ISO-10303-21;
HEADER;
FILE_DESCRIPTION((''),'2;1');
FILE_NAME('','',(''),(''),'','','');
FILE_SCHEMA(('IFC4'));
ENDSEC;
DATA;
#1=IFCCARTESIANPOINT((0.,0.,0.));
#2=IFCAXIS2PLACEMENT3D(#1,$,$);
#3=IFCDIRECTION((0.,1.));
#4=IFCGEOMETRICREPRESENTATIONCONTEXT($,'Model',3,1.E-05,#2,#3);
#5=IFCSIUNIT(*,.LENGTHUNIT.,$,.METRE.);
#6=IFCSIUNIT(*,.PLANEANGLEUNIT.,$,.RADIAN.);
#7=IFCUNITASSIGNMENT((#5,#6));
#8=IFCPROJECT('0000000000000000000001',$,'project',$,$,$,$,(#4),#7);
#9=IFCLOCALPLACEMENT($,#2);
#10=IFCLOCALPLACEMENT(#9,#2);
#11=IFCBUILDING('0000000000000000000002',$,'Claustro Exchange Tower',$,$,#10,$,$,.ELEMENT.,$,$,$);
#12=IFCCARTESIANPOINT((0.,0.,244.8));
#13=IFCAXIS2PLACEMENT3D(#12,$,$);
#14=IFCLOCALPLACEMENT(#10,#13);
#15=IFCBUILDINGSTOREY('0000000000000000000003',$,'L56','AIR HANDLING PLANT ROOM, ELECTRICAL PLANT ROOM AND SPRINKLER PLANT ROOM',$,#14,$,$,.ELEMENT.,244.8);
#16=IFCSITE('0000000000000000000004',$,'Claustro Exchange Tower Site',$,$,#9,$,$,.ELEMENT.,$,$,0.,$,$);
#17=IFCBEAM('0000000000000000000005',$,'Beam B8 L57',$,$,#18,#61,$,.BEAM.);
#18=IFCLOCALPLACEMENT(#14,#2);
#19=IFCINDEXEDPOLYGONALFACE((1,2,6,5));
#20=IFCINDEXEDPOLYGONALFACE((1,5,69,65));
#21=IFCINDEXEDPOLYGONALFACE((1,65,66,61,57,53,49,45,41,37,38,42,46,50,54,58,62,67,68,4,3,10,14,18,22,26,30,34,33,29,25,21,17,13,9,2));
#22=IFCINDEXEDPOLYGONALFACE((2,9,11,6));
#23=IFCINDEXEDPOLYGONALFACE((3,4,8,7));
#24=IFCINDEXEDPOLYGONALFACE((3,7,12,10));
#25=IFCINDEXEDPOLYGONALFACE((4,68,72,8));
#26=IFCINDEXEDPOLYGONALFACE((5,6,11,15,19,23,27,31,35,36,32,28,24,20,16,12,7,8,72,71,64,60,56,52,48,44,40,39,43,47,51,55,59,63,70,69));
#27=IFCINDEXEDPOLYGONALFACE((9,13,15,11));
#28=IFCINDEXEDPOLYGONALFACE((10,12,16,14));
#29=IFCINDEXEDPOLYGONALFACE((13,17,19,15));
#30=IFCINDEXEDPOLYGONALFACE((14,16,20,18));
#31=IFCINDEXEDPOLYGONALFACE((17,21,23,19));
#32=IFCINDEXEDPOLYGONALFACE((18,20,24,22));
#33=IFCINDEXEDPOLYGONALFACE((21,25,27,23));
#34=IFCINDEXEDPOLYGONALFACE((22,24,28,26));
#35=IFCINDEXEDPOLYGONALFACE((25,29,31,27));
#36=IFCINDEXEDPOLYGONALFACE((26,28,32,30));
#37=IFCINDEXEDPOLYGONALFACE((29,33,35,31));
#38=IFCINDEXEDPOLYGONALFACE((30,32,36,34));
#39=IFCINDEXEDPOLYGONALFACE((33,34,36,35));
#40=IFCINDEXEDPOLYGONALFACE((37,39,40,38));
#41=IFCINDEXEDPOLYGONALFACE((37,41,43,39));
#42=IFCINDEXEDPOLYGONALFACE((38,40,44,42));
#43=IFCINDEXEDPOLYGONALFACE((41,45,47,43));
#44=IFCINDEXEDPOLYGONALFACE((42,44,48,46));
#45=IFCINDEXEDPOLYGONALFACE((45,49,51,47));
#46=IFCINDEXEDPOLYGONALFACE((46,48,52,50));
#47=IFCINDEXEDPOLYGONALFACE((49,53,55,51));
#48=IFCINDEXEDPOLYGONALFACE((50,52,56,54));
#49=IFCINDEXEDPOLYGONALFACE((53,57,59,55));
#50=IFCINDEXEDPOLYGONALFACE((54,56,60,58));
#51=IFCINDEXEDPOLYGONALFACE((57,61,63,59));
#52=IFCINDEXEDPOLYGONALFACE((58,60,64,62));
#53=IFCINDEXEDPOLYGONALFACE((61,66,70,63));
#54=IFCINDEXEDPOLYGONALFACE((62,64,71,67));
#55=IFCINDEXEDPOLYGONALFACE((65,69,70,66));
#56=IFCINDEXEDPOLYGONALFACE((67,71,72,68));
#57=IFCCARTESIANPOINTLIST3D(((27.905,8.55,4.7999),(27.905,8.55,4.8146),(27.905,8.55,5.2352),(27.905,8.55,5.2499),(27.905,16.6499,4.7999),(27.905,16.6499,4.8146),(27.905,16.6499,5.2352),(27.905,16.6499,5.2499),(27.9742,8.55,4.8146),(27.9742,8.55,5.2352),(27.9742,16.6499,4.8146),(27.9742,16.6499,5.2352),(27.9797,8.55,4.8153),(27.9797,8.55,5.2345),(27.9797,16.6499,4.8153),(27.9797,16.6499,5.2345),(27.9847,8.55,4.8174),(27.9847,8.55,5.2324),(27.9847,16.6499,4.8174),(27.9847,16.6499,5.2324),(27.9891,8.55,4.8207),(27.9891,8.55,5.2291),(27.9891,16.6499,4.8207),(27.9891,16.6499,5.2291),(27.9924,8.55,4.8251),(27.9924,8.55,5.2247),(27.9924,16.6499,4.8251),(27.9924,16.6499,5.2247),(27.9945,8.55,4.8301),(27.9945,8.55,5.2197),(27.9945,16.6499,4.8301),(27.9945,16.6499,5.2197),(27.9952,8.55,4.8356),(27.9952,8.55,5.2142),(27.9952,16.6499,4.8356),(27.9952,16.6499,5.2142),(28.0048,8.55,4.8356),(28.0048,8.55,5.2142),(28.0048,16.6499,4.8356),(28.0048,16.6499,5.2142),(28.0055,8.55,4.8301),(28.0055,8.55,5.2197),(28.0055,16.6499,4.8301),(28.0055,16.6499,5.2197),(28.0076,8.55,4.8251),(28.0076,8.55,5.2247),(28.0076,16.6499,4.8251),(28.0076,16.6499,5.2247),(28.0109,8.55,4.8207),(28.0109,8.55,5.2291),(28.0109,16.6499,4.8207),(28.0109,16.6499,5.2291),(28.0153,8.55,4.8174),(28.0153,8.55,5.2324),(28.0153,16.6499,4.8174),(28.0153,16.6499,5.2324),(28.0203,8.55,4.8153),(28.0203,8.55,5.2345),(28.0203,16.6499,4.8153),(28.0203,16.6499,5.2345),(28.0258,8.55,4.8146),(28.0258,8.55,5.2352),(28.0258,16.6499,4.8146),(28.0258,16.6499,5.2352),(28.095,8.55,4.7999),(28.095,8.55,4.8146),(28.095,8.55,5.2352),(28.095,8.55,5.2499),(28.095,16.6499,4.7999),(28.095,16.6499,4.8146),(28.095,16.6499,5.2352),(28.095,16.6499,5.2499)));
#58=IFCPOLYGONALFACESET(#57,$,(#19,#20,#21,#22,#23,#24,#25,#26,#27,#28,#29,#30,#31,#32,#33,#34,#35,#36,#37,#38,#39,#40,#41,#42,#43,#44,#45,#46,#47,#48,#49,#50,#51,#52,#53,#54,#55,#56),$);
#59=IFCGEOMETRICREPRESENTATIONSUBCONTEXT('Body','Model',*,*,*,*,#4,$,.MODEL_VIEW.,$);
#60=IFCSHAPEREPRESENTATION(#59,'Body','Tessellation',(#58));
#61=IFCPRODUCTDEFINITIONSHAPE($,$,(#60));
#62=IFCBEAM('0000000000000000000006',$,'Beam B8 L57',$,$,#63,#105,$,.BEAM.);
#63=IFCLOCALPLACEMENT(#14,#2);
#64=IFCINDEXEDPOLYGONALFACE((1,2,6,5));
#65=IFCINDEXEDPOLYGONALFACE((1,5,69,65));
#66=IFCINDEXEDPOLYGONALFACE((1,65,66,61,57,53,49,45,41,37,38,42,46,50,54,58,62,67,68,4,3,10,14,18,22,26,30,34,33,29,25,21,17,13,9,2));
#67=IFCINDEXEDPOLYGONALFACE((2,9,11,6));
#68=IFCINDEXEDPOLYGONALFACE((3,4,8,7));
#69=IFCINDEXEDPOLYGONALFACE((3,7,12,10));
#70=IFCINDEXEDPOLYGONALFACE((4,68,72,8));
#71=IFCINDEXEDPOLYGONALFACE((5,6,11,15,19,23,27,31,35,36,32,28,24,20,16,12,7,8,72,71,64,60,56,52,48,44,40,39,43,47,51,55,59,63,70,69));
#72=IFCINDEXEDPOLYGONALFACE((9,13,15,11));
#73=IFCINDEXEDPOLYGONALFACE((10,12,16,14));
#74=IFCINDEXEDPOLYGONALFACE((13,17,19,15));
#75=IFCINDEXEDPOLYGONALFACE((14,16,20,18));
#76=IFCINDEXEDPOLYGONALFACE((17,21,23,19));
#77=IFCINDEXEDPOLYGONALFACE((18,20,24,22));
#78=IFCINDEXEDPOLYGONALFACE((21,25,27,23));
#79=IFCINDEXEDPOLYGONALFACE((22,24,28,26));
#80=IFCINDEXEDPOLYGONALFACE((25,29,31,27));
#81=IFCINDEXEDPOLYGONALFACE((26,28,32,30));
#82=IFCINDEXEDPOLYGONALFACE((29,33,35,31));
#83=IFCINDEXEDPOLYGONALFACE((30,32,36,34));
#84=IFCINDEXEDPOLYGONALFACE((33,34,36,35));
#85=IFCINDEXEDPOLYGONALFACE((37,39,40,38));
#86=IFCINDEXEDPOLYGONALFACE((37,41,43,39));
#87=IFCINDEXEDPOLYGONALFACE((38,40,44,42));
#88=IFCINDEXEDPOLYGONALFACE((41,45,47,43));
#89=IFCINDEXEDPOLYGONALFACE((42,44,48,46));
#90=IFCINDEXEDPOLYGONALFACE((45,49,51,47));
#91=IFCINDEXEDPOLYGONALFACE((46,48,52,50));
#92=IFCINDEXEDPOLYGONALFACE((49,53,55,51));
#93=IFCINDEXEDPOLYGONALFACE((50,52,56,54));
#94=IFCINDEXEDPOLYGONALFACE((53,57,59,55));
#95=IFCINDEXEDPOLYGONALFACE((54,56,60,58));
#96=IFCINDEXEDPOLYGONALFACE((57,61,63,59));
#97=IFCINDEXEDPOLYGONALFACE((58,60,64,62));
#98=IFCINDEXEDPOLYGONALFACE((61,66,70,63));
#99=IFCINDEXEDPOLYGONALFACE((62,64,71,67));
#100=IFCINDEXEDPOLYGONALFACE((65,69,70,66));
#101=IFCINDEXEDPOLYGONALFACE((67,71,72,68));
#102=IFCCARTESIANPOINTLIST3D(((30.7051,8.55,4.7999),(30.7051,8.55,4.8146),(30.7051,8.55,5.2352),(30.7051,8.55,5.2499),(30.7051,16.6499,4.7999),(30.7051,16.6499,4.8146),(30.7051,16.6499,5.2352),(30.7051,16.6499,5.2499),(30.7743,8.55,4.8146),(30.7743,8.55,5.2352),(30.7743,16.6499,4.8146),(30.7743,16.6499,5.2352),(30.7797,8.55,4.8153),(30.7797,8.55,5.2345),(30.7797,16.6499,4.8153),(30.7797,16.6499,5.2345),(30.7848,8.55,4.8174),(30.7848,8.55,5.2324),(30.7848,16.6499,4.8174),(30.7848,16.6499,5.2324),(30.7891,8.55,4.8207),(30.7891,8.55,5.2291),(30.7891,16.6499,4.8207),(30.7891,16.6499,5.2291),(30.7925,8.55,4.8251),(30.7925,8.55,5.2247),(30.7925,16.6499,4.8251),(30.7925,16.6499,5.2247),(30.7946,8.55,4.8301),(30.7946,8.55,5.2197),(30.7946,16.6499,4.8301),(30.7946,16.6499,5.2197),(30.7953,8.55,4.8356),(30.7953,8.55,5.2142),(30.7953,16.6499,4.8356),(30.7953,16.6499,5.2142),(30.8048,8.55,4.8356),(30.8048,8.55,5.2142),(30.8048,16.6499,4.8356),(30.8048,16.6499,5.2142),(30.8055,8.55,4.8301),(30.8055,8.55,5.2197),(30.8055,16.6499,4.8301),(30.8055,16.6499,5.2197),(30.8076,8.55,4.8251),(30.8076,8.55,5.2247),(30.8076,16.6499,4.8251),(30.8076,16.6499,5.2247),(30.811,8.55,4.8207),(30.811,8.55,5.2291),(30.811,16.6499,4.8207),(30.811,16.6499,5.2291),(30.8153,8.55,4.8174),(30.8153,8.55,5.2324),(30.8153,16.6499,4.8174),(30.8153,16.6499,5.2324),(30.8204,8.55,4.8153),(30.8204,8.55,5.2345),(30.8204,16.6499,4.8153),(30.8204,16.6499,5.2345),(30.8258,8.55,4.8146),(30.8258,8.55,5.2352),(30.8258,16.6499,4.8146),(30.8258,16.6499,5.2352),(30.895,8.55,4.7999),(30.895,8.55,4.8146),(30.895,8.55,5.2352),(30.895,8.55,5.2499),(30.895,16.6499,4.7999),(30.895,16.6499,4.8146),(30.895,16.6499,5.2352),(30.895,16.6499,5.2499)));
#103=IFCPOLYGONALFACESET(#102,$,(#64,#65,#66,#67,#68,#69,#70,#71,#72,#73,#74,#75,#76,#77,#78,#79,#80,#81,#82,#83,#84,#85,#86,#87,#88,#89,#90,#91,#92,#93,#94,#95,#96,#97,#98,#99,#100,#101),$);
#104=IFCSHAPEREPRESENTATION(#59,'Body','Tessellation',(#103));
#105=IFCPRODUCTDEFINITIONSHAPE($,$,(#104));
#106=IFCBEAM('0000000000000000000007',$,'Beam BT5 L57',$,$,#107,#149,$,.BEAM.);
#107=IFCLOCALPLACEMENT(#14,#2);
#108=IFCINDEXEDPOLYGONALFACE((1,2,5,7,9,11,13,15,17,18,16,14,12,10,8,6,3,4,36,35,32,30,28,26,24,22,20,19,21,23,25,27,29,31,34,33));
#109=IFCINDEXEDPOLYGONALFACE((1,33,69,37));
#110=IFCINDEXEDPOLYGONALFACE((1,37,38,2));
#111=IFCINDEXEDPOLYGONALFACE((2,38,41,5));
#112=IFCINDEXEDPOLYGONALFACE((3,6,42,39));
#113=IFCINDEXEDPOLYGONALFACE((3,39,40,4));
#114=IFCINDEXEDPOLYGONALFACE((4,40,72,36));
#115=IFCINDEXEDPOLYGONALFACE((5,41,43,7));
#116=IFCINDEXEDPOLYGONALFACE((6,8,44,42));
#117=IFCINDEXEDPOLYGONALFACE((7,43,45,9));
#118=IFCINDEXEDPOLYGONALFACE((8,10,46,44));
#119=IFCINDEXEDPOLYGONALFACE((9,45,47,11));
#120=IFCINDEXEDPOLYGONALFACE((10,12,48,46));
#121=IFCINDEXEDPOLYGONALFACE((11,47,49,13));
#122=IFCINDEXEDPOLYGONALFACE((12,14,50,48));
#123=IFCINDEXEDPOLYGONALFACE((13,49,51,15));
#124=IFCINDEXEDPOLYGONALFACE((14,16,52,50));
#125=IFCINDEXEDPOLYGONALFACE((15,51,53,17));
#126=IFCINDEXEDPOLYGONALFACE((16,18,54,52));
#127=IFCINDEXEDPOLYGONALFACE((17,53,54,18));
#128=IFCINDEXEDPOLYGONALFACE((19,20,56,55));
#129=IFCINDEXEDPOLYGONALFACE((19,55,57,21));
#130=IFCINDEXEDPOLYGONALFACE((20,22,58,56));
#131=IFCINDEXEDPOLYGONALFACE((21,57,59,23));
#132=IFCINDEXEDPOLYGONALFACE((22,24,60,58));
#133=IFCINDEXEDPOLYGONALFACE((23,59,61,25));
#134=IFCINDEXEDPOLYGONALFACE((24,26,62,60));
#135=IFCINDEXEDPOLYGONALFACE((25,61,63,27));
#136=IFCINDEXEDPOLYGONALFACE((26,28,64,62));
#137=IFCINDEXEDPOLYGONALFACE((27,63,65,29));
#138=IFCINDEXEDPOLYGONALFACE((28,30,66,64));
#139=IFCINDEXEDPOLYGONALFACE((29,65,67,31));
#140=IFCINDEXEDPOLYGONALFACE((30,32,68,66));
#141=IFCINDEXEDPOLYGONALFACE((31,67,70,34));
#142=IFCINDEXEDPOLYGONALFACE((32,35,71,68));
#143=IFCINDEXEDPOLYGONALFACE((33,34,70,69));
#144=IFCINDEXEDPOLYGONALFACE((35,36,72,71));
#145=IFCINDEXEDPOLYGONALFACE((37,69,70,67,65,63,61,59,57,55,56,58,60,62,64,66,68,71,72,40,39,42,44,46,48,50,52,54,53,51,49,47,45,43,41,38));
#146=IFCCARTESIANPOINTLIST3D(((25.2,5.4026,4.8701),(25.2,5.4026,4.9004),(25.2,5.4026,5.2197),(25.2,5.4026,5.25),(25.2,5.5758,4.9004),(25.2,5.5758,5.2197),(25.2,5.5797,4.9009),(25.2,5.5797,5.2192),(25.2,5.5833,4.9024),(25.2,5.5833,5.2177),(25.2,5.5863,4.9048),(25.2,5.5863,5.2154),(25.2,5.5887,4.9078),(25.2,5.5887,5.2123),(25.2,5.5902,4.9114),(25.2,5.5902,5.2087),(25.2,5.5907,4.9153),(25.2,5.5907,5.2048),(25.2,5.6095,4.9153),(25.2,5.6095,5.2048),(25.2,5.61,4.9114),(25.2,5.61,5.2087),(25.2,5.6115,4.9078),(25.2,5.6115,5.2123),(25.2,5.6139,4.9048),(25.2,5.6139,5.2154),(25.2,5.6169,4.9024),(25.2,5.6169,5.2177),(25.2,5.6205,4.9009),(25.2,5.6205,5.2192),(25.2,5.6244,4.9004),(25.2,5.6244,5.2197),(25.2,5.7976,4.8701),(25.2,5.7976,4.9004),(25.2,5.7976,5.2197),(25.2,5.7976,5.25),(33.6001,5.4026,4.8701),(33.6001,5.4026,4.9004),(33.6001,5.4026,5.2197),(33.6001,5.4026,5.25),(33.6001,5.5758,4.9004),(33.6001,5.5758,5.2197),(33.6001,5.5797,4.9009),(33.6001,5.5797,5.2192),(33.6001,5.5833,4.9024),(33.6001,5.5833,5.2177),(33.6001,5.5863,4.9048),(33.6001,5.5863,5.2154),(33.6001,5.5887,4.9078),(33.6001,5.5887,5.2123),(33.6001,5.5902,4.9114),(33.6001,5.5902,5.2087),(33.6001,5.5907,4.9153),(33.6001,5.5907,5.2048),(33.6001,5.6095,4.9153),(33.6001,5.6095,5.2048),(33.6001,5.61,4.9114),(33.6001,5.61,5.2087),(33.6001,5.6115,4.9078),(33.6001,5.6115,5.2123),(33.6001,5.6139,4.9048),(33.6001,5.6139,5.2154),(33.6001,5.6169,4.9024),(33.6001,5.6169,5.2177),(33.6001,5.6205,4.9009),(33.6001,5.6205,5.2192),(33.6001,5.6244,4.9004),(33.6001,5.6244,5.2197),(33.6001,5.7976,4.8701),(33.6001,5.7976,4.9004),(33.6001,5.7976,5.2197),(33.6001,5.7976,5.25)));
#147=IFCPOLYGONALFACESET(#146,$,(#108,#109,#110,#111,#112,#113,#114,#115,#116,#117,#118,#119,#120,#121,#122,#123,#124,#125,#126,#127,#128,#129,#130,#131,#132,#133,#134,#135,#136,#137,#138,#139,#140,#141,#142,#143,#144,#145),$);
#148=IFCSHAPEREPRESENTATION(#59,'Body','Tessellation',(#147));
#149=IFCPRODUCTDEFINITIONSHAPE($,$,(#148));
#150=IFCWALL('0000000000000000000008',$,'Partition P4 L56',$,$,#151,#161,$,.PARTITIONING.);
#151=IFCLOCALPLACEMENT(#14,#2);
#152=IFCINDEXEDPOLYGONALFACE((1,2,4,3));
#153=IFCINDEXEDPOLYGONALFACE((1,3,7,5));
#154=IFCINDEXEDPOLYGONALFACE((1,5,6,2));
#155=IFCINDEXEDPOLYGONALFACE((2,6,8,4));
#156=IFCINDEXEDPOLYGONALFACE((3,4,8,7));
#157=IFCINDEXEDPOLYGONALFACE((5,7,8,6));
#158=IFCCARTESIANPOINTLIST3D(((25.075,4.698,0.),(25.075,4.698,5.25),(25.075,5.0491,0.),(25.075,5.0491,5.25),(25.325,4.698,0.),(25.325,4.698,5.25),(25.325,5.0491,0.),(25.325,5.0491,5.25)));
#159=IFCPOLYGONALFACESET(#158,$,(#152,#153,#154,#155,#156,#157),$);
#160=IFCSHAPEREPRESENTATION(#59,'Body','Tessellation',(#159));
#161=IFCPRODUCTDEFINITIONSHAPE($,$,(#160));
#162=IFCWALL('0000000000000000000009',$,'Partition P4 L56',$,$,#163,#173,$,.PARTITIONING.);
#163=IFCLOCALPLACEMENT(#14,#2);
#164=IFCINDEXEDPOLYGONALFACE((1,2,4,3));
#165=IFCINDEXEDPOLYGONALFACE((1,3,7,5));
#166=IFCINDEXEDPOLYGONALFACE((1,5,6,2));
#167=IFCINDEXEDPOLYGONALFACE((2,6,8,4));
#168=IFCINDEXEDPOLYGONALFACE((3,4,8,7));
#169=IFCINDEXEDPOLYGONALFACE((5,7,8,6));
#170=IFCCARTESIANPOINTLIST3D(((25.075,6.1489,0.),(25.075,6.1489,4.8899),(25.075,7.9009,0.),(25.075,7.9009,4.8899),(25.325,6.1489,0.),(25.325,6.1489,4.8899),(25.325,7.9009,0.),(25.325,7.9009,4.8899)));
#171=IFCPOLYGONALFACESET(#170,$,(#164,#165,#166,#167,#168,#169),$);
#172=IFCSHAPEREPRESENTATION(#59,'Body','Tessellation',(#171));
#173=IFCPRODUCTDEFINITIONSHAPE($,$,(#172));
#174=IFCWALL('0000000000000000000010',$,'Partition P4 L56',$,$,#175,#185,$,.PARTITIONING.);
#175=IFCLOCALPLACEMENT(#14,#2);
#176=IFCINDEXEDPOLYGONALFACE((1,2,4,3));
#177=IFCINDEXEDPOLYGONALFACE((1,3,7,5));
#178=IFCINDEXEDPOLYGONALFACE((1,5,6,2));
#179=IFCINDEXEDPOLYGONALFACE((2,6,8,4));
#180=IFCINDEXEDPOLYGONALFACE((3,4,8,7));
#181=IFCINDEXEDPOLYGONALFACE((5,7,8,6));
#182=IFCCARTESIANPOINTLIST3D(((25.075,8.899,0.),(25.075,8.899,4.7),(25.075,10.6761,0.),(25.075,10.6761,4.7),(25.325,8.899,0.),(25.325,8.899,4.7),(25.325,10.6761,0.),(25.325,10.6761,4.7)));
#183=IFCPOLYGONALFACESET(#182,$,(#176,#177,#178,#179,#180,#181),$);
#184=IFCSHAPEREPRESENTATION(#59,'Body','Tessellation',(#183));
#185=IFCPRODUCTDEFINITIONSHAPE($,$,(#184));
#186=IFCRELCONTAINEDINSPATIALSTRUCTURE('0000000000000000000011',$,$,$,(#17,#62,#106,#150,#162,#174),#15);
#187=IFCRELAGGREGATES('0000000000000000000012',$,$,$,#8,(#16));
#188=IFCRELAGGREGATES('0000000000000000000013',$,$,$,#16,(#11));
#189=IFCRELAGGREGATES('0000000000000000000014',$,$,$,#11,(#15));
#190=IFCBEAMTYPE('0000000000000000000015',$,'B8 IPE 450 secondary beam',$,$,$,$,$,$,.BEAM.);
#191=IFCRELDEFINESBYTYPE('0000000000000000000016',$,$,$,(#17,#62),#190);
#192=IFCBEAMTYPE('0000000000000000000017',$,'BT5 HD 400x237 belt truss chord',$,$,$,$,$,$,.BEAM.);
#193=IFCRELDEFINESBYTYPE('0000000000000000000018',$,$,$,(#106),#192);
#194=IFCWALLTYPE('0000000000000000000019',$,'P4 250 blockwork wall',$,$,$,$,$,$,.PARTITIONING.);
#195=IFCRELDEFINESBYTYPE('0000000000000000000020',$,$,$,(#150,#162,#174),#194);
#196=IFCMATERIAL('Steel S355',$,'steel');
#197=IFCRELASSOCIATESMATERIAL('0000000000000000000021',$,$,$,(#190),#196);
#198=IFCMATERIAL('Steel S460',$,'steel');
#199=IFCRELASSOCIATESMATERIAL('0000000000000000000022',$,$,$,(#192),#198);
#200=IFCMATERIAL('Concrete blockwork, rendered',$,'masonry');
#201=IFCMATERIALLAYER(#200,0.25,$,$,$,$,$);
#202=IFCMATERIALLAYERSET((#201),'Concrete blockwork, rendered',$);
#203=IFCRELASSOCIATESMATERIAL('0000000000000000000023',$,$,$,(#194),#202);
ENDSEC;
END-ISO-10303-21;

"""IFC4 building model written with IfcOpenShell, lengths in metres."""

from ifc_helpers import new_model, si_unit, direction, frame, frame_2d, origin, origin_2d, place, context, subcontext, project, spatial, rectangle, i_section, extrude, material, layer, layer_set, material_profile, profile_set, type_object, element, save


model = new_model("IFC4")

# Units and contexts
model_context = context("Model", 3, precision=1e-05, world=origin(), true_north=direction((0.0, 1.0)))
body_context = subcontext(model_context, "Body", "Model", "MODEL_VIEW")
ifc_project = project(units=[si_unit("LENGTHUNIT", "METRE"), si_unit("PLANEANGLEUNIT", "RADIAN")], contexts=[model_context])

# Site, building, storey
site_placement = place(None, origin())
site = spatial("IfcSite", under=ifc_project, at=site_placement, Name="Claustro Exchange Tower Site", CompositionType="ELEMENT", RefElevation=0.0)
building_placement = place(site_placement, origin())
building = spatial("IfcBuilding", under=site, at=building_placement, Name="Claustro Exchange Tower", CompositionType="ELEMENT")
storey_placement = place(building_placement, frame((0.0, 0.0, 244.8)))
storey = spatial("IfcBuildingStorey", under=building, at=storey_placement, Name="L56", Description="AIR HANDLING PLANT ROOM, ELECTRICAL PLANT ROOM AND SPRINKLER PLANT ROOM", CompositionType="ELEMENT", Elevation=244.8)

# Beams
ifc_material_1 = material(Name="Steel S355", Category="steel")
ifc_material_profile_1 = material_profile(ifc_material_1, i_section(OverallWidth=0.1899, OverallDepth=0.45, WebThickness=0.0095, FlangeThickness=0.0146, FilletRadius=0.021, at=origin_2d()), Name="IPE 450")
ifc_profile_set_1 = profile_set([ifc_material_profile_1], Name="Steel S355")
beam_type_1 = type_object("IfcBeamType", Name="B8 IPE 450 secondary beam", PredefinedType="BEAM", material=ifc_profile_set_1)
for number, where, z_axis, x_axis, name in (
    (1, (28.0, 8.55, 5.0249), (0.0, 1.0, 0.0), (-1.0, 0.0, 0.0), "Beam B8 L57"),
    (2, (30.8, 8.55, 5.0249), (0.0, 1.0, 0.0), (-1.0, 0.0, 0.0), "Beam B8 L57"),
):
    element("IfcBeam", number, at=place(storey_placement, frame(where, z_axis=z_axis, x_axis=x_axis)), inside=storey, type_object=beam_type_1, Name=name, PredefinedType="BEAM", context=body_context, shape_type="SweptSolid", body=[
        extrude(i_section(OverallWidth=0.1899, OverallDepth=0.45, WebThickness=0.0095, FlangeThickness=0.0146, FilletRadius=0.021, at=origin_2d()), origin(), (0.0, 0.0, 1.0), 8.0999),
    ])
ifc_material_2 = material(Name="Steel S460", Category="steel")
ifc_material_profile_2 = material_profile(ifc_material_2, i_section(OverallWidth=0.395, OverallDepth=0.3799, WebThickness=0.0188, FlangeThickness=0.0303, FilletRadius=0.0149, at=origin_2d()), Name="HD 400x237")
ifc_profile_set_2 = profile_set([ifc_material_profile_2], Name="Steel S460")
beam_type_2 = type_object("IfcBeamType", Name="BT5 HD 400x237 belt truss chord", PredefinedType="BEAM", material=ifc_profile_set_2)
beam_1_placement = place(storey_placement, frame((25.2, 5.6001, 5.0601), z_axis=(1.0, 0.0, 0.0), x_axis=(0.0, 1.0, 0.0)))
element("IfcBeam", 3, at=beam_1_placement, inside=storey, type_object=beam_type_2, Name="Beam BT5 L57", PredefinedType="BEAM", context=body_context, shape_type="SweptSolid", body=[
    extrude(i_section(OverallWidth=0.395, OverallDepth=0.3799, WebThickness=0.0188, FlangeThickness=0.0303, FilletRadius=0.0149, at=origin_2d()), origin(), (0.0, 0.0, 1.0), 8.4001),
])

# Walls
ifc_material_3 = material(Name="Concrete blockwork, rendered", Category="masonry")
ifc_layer_1 = layer(ifc_material_3, 0.25)
ifc_layer_set_1 = layer_set([ifc_layer_1], Name="Concrete blockwork, rendered")
wall_type_1 = type_object("IfcWallType", Name="P4 250 blockwork wall", PredefinedType="PARTITIONING", material=ifc_layer_set_1)
wall_1_placement = place(storey_placement, frame((25.2, 4.698, 0.0), z_axis=(0.0, 0.0, 1.0), x_axis=(0.0, 1.0, 0.0)))
element("IfcWall", 4, at=wall_1_placement, inside=storey, type_object=wall_type_1, Name="Partition P4 L56", PredefinedType="PARTITIONING", context=body_context, shape_type="SweptSolid", body=[
    extrude(rectangle(XDim=0.3511, YDim=0.25, at=frame_2d((0.1755, 0.0))), origin(), (0.0, 0.0, 1.0), 5.25),
])
wall_2_placement = place(storey_placement, frame((25.2, 6.1489, 0.0), z_axis=(0.0, 0.0, 1.0), x_axis=(0.0, 1.0, 0.0)))
element("IfcWall", 5, at=wall_2_placement, inside=storey, type_object=wall_type_1, Name="Partition P4 L56", PredefinedType="PARTITIONING", context=body_context, shape_type="SweptSolid", body=[
    extrude(rectangle(XDim=1.752, YDim=0.25, at=frame_2d((0.876, 0.0))), origin(), (0.0, 0.0, 1.0), 4.8899),
])
wall_3_placement = place(storey_placement, frame((25.2, 8.8989, 0.0), z_axis=(0.0, 0.0, 1.0), x_axis=(0.0, 1.0, 0.0)))
element("IfcWall", 6, at=wall_3_placement, inside=storey, type_object=wall_type_1, Name="Partition P4 L56", PredefinedType="PARTITIONING", context=body_context, shape_type="SweptSolid", body=[
    extrude(rectangle(XDim=1.7771, YDim=0.25, at=frame_2d((0.8887, 0.0))), origin(), (0.0, 0.0, 1.0), 4.7),
])

save(model, "model.ifc")
